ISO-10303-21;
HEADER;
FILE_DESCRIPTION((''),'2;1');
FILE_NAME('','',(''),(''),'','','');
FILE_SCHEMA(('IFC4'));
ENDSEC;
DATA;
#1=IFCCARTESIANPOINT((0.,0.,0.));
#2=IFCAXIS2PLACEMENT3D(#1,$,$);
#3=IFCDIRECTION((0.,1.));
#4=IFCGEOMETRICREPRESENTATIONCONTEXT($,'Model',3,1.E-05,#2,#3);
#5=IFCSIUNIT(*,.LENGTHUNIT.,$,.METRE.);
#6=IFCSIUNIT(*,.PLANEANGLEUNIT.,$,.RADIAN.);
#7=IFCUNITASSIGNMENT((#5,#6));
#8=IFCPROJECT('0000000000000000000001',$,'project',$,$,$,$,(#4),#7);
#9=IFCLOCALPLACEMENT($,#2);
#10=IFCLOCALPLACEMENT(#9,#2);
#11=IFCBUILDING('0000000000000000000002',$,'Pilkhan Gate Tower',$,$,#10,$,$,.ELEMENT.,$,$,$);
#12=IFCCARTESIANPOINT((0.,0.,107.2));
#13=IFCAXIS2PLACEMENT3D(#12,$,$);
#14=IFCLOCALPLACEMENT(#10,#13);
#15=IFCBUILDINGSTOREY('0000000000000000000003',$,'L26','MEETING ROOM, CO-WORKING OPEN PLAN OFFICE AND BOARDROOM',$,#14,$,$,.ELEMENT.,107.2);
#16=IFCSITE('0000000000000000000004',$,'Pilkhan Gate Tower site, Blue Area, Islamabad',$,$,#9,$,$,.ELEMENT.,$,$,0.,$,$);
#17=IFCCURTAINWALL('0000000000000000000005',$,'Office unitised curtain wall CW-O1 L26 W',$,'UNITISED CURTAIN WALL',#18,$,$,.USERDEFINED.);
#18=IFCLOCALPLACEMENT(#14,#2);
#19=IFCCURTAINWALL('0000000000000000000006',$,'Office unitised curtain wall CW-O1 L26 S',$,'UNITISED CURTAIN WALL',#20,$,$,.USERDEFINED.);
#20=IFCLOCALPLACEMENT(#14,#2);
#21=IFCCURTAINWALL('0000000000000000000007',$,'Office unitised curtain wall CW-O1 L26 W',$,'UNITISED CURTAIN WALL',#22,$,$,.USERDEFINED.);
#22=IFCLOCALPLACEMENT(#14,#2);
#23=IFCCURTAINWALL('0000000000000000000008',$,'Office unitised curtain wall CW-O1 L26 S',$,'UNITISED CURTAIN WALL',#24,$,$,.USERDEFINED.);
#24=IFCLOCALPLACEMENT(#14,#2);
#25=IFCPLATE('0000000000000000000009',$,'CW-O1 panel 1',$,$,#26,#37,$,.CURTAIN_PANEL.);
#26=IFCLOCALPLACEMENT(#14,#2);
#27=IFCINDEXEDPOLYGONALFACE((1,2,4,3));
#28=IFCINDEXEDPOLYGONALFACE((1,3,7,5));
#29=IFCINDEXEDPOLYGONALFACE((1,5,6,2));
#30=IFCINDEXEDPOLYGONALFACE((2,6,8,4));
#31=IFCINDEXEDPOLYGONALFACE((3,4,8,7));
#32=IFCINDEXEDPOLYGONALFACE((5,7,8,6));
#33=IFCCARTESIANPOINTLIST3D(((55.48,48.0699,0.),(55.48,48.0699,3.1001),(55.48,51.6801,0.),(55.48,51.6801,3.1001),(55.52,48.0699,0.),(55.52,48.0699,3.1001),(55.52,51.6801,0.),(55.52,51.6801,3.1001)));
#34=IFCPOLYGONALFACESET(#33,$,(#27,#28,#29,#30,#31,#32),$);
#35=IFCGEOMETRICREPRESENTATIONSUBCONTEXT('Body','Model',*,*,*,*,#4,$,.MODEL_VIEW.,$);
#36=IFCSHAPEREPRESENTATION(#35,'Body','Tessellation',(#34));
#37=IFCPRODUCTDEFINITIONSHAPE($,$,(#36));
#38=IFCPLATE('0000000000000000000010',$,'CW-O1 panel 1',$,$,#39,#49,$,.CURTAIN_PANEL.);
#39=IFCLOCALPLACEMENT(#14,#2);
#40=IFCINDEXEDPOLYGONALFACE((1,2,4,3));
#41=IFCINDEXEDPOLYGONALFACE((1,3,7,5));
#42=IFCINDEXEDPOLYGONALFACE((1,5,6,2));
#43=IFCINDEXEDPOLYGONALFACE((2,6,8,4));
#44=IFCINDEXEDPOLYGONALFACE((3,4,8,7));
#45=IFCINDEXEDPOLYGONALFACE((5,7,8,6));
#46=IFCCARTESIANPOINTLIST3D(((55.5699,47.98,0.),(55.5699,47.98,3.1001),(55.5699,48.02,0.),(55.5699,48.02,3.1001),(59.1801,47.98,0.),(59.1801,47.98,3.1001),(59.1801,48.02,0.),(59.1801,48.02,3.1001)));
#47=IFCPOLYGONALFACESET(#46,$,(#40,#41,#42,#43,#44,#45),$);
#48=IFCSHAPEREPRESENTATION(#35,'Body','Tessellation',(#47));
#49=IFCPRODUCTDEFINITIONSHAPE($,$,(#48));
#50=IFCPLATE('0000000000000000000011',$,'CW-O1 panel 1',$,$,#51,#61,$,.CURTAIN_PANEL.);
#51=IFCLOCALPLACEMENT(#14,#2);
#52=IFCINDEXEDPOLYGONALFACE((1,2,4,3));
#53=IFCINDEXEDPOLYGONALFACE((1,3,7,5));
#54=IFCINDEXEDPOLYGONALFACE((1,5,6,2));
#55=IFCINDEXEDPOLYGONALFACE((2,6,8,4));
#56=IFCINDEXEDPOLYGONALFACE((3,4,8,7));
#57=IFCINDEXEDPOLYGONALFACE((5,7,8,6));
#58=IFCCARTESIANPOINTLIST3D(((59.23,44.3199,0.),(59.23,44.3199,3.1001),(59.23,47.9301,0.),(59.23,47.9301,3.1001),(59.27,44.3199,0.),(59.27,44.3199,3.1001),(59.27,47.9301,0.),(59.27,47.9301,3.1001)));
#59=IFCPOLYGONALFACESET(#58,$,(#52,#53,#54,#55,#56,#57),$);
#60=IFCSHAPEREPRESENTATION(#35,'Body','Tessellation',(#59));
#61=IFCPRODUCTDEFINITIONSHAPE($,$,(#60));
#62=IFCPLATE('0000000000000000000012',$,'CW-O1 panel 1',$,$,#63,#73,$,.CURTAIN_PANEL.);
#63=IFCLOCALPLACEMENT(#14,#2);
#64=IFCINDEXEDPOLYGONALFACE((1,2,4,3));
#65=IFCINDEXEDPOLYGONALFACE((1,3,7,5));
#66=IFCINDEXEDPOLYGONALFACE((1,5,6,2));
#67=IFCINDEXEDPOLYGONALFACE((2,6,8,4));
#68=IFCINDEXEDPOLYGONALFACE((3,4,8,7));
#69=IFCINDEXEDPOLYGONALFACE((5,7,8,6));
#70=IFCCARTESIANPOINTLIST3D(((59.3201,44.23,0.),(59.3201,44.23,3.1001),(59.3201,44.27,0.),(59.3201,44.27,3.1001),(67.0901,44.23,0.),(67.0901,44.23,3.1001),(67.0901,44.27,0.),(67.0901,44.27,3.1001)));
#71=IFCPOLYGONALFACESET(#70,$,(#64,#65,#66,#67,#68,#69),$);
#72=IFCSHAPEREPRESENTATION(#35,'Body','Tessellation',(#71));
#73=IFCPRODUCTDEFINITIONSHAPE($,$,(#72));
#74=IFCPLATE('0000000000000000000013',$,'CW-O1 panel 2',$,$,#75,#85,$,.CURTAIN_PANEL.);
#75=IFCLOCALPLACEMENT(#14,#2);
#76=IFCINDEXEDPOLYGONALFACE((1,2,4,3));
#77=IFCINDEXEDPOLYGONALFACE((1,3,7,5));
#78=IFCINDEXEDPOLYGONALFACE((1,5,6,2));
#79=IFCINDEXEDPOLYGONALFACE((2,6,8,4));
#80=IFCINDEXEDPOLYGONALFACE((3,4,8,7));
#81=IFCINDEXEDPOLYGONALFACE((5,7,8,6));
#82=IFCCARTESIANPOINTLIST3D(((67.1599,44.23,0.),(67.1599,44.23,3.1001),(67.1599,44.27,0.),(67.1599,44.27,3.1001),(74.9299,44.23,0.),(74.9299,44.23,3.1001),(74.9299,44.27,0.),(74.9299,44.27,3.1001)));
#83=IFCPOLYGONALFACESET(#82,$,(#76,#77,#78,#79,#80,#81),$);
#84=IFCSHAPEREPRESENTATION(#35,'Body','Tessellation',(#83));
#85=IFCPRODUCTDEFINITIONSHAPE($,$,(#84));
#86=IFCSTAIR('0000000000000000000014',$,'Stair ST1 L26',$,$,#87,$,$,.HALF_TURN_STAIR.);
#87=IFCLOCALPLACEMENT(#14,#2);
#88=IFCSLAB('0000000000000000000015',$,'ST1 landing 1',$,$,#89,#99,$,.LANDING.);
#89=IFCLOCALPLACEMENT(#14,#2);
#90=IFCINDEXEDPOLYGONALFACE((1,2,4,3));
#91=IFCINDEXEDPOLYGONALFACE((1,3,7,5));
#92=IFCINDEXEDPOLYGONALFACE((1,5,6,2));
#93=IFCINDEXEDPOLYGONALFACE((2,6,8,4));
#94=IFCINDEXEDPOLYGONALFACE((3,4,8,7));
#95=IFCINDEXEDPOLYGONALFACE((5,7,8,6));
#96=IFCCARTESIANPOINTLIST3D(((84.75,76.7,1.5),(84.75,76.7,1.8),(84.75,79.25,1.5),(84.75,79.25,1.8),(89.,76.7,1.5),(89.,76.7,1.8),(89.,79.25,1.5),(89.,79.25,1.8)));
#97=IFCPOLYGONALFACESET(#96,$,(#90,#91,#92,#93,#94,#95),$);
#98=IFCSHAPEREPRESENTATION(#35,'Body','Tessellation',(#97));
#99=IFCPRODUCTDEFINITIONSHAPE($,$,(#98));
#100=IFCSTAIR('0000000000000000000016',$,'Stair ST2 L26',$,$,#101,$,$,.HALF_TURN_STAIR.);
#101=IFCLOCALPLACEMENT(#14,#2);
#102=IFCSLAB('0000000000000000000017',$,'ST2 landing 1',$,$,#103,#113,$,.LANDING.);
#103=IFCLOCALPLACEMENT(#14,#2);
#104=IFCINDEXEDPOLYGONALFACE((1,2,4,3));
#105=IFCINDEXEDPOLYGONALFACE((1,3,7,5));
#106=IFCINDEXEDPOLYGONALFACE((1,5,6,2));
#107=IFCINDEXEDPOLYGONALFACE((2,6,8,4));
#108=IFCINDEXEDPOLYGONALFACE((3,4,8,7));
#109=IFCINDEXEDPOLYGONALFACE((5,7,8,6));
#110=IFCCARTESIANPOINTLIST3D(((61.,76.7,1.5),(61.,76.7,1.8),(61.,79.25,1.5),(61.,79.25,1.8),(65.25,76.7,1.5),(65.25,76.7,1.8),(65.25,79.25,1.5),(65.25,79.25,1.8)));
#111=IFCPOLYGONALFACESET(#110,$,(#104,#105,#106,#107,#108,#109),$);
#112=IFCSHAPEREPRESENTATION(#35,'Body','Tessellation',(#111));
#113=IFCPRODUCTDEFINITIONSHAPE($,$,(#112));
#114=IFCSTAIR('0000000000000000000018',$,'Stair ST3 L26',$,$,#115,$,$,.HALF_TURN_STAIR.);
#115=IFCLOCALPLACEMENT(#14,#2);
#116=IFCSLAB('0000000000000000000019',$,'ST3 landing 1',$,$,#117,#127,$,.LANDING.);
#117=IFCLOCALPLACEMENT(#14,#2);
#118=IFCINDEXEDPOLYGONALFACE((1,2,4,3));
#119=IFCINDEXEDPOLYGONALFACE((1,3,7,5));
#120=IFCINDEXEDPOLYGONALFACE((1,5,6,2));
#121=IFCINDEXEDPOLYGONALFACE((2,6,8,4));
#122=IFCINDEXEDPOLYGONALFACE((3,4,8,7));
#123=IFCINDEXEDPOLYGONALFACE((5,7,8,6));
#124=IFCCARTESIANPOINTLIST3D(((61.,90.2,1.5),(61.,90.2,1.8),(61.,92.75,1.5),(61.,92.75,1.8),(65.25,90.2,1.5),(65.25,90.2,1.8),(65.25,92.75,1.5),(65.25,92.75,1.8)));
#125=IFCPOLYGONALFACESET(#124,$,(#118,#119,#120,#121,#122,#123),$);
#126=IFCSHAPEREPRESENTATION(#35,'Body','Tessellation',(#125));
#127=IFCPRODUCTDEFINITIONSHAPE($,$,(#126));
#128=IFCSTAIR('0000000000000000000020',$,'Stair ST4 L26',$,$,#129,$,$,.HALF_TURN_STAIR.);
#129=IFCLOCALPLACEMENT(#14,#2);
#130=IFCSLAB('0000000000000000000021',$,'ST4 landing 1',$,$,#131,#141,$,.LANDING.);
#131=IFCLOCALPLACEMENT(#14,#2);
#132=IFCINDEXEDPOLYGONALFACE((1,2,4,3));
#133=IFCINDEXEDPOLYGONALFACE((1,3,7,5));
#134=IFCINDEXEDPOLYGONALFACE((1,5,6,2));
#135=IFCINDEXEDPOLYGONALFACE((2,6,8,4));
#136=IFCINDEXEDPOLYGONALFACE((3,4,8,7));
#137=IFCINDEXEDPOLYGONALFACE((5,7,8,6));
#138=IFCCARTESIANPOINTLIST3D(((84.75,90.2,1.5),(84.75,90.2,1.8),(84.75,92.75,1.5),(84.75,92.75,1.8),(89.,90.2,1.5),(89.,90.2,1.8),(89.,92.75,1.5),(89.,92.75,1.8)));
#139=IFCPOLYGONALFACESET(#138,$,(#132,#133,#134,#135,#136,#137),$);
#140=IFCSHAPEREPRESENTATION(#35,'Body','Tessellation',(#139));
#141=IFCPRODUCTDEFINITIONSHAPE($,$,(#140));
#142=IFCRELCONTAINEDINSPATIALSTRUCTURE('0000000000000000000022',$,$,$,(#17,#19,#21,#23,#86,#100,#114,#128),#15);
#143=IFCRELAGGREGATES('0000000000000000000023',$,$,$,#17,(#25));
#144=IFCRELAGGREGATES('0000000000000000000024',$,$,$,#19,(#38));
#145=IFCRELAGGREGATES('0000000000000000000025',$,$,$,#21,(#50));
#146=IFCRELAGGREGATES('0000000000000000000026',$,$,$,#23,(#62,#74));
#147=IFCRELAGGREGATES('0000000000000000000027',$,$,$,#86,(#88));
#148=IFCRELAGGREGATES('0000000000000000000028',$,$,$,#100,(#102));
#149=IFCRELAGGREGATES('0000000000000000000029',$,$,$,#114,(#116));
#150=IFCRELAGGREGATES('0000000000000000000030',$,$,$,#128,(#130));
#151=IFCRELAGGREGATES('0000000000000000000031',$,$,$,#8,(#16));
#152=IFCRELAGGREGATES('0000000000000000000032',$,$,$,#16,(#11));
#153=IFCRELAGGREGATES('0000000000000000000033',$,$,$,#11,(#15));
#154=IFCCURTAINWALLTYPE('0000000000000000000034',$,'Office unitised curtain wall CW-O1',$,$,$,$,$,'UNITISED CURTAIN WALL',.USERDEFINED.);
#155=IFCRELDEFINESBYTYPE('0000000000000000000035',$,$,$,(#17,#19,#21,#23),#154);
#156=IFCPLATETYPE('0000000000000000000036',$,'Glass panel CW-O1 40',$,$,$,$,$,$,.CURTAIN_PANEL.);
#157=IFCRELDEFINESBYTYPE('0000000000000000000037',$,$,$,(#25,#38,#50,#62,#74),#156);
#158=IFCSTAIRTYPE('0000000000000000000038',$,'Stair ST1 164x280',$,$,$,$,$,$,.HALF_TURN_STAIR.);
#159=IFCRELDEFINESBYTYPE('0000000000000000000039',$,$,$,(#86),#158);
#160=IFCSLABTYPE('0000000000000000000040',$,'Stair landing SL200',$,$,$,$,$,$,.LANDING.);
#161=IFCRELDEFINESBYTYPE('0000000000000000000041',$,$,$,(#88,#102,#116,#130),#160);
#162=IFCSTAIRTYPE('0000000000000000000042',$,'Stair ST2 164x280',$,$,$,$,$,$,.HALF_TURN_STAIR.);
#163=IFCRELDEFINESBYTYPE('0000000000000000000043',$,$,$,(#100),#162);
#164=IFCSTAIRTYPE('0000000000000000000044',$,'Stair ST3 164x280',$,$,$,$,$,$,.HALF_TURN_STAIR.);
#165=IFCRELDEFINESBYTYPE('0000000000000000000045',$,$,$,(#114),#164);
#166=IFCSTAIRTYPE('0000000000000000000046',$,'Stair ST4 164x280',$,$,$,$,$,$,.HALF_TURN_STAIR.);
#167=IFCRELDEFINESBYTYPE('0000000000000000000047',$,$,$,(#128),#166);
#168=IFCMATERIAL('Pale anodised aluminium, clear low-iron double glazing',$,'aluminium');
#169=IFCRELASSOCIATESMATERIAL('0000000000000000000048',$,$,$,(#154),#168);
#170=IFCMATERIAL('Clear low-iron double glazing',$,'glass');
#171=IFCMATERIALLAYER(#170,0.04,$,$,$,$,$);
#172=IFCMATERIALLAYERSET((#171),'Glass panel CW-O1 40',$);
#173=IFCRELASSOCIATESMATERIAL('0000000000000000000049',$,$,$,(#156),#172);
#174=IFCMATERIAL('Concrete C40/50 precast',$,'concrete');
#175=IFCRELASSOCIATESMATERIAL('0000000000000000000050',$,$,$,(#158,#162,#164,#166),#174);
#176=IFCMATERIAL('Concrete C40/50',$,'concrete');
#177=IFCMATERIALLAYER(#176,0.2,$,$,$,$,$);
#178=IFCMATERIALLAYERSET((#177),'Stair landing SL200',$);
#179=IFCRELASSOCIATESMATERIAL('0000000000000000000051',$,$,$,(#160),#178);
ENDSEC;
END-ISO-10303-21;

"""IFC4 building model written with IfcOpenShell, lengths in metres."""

from ifc_helpers import new_model, si_unit, direction, frame, origin, origin_2d, place, context, subcontext, project, spatial, polyline, rectangle, outline, extrude, material, layer, layer_set, type_object, element, aggregate, save


model = new_model("IFC4")

# Units and contexts
model_context = context("Model", 3, precision=1e-05, world=origin(), true_north=direction((0.0, 1.0)))
body_context = subcontext(model_context, "Body", "Model", "MODEL_VIEW")
ifc_project = project(units=[si_unit("LENGTHUNIT", "METRE"), si_unit("PLANEANGLEUNIT", "RADIAN")], contexts=[model_context])

# Site, building, storey
site_placement = place(None, origin())
site = spatial("IfcSite", under=ifc_project, at=site_placement, Name="Pilkhan Gate Tower site, Blue Area, Islamabad", CompositionType="ELEMENT", RefElevation=0.0)
building_placement = place(site_placement, origin())
building = spatial("IfcBuilding", under=site, at=building_placement, Name="Pilkhan Gate Tower", CompositionType="ELEMENT")
storey_placement = place(building_placement, frame((0.0, 0.0, 107.2)))
storey = spatial("IfcBuildingStorey", under=building, at=storey_placement, Name="L26", Description="MEETING ROOM, CO-WORKING OPEN PLAN OFFICE AND BOARDROOM", CompositionType="ELEMENT", Elevation=107.2)

# Shared definitions
ifc_material_1 = material(Name="Pale anodised aluminium, clear low-iron double glazing", Category="aluminium")
curtain_wall_type = type_object("IfcCurtainWallType", Name="Office unitised curtain wall CW-O1", ElementType="UNITISED CURTAIN WALL", PredefinedType="USERDEFINED", material=ifc_material_1)

# Curtain walls
curtain_wall_1_placement = place(storey_placement, origin())
curtain_wall_1 = element("IfcCurtainWall", 1, at=curtain_wall_1_placement, inside=storey, type_object=curtain_wall_type, Name="Office unitised curtain wall CW-O1 L26 W", ObjectType="UNITISED CURTAIN WALL", PredefinedType="USERDEFINED")
curtain_wall_2_placement = place(storey_placement, origin())
curtain_wall_2 = element("IfcCurtainWall", 2, at=curtain_wall_2_placement, inside=storey, type_object=curtain_wall_type, Name="Office unitised curtain wall CW-O1 L26 S", ObjectType="UNITISED CURTAIN WALL", PredefinedType="USERDEFINED")
curtain_wall_3_placement = place(storey_placement, origin())
curtain_wall_3 = element("IfcCurtainWall", 3, at=curtain_wall_3_placement, inside=storey, type_object=curtain_wall_type, Name="Office unitised curtain wall CW-O1 L26 W", ObjectType="UNITISED CURTAIN WALL", PredefinedType="USERDEFINED")
curtain_wall_4_placement = place(storey_placement, origin())
curtain_wall_4 = element("IfcCurtainWall", 4, at=curtain_wall_4_placement, inside=storey, type_object=curtain_wall_type, Name="Office unitised curtain wall CW-O1 L26 S", ObjectType="UNITISED CURTAIN WALL", PredefinedType="USERDEFINED")

# Shared definitions
ifc_material_2 = material(Name="Concrete C40/50", Category="concrete")

# Plates
ifc_material_3 = material(Name="Clear low-iron double glazing", Category="glass")
ifc_layer_1 = layer(ifc_material_3, 0.04)
ifc_layer_set_1 = layer_set([ifc_layer_1], Name="Glass panel CW-O1 40")
plate_type = type_object("IfcPlateType", Name="Glass panel CW-O1 40", PredefinedType="CURTAIN_PANEL", material=ifc_layer_set_1)
plate_1_placement = place(storey_placement, frame((55.5, 49.875, 0.0), z_axis=(0.0, 0.0, 1.0), x_axis=(0.0, 1.0, 0.0)))
plate_1 = element("IfcPlate", 5, at=plate_1_placement, type_object=plate_type, Name="CW-O1 panel 1", PredefinedType="CURTAIN_PANEL", context=body_context, shape_type="SweptSolid", body=[
    extrude(rectangle(XDim=3.6101, YDim=0.04, at=origin_2d()), origin(), (0.0, 0.0, 1.0), 3.1001),
])
aggregate(curtain_wall_1, [plate_1])
plate_2_placement = place(storey_placement, frame((57.375, 48.0, 0.0), z_axis=(0.0, 0.0, 1.0), x_axis=(1.0, 0.0, 0.0)))
plate_2 = element("IfcPlate", 6, at=plate_2_placement, type_object=plate_type, Name="CW-O1 panel 1", PredefinedType="CURTAIN_PANEL", context=body_context, shape_type="SweptSolid", body=[
    extrude(rectangle(XDim=3.6101, YDim=0.04, at=origin_2d()), origin(), (0.0, 0.0, 1.0), 3.1001),
])
aggregate(curtain_wall_2, [plate_2])
plate_3_placement = place(storey_placement, frame((59.25, 46.125, 0.0), z_axis=(0.0, 0.0, 1.0), x_axis=(0.0, 1.0, 0.0)))
plate_3 = element("IfcPlate", 7, at=plate_3_placement, type_object=plate_type, Name="CW-O1 panel 1", PredefinedType="CURTAIN_PANEL", context=body_context, shape_type="SweptSolid", body=[
    extrude(rectangle(XDim=3.6101, YDim=0.04, at=origin_2d()), origin(), (0.0, 0.0, 1.0), 3.1001),
])
aggregate(curtain_wall_3, [plate_3])
plate_4_placement = place(storey_placement, frame((63.2051, 44.25, 0.0), z_axis=(0.0, 0.0, 1.0), x_axis=(1.0, 0.0, 0.0)))
plate_4 = element("IfcPlate", 8, at=plate_4_placement, type_object=plate_type, Name="CW-O1 panel 1", PredefinedType="CURTAIN_PANEL", context=body_context, shape_type="SweptSolid", body=[
    extrude(rectangle(XDim=7.77, YDim=0.04, at=origin_2d()), origin(), (0.0, 0.0, 1.0), 3.1001),
])
plate_5_placement = place(storey_placement, frame((71.0449, 44.25, 0.0), z_axis=(0.0, 0.0, 1.0), x_axis=(1.0, 0.0, 0.0)))
plate_5 = element("IfcPlate", 9, at=plate_5_placement, type_object=plate_type, Name="CW-O1 panel 2", PredefinedType="CURTAIN_PANEL", context=body_context, shape_type="SweptSolid", body=[
    extrude(rectangle(XDim=7.77, YDim=0.04, at=origin_2d()), origin(), (0.0, 0.0, 1.0), 3.1001),
])
aggregate(curtain_wall_4, [plate_4, plate_5])

# Stairs, slabs
ifc_material_4 = material(Name="Concrete C40/50 precast", Category="concrete")
stair_type_1 = type_object("IfcStairType", Name="Stair ST1 164x280", PredefinedType="HALF_TURN_STAIR", material=ifc_material_4)
stair_1_placement = place(storey_placement, origin())
stair_1 = element("IfcStair", 10, at=stair_1_placement, inside=storey, type_object=stair_type_1, Name="Stair ST1 L26", PredefinedType="HALF_TURN_STAIR")
ifc_layer_2 = layer(ifc_material_2, 0.2)
ifc_layer_set_2 = layer_set([ifc_layer_2], Name="Stair landing SL200")
slab_type_1 = type_object("IfcSlabType", Name="Stair landing SL200", PredefinedType="LANDING", material=ifc_layer_set_2)
slab_1_placement = place(storey_placement, frame((0.0, 0.0, 1.5)))
slab_1 = element("IfcSlab", 11, at=slab_1_placement, type_object=slab_type_1, Name="ST1 landing 1", PredefinedType="LANDING", context=body_context, shape_type="SweptSolid", body=[
    extrude(outline(polyline([(89.0, 76.7), (89.0, 79.25), (84.75, 79.25), (84.75, 76.7), (89.0, 76.7)])), origin(), (0.0, 0.0, 1.0), 0.3),
])
aggregate(stair_1, [slab_1])
stair_type_2 = type_object("IfcStairType", Name="Stair ST2 164x280", PredefinedType="HALF_TURN_STAIR", material=ifc_material_4)
stair_2_placement = place(storey_placement, origin())
stair_2 = element("IfcStair", 12, at=stair_2_placement, inside=storey, type_object=stair_type_2, Name="Stair ST2 L26", PredefinedType="HALF_TURN_STAIR")
slab_2_placement = place(storey_placement, frame((0.0, 0.0, 1.5)))
slab_2 = element("IfcSlab", 13, at=slab_2_placement, type_object=slab_type_1, Name="ST2 landing 1", PredefinedType="LANDING", context=body_context, shape_type="SweptSolid", body=[
    extrude(outline(polyline([(65.25, 76.7), (65.25, 79.25), (61.0, 79.25), (61.0, 76.7), (65.25, 76.7)])), origin(), (0.0, 0.0, 1.0), 0.3),
])
aggregate(stair_2, [slab_2])
stair_type_3 = type_object("IfcStairType", Name="Stair ST3 164x280", PredefinedType="HALF_TURN_STAIR", material=ifc_material_4)
stair_3_placement = place(storey_placement, origin())
stair_3 = element("IfcStair", 14, at=stair_3_placement, inside=storey, type_object=stair_type_3, Name="Stair ST3 L26", PredefinedType="HALF_TURN_STAIR")
slab_3_placement = place(storey_placement, frame((0.0, 0.0, 1.5)))
slab_3 = element("IfcSlab", 15, at=slab_3_placement, type_object=slab_type_1, Name="ST3 landing 1", PredefinedType="LANDING", context=body_context, shape_type="SweptSolid", body=[
    extrude(outline(polyline([(65.25, 90.2), (65.25, 92.75), (61.0, 92.75), (61.0, 90.2), (65.25, 90.2)])), origin(), (0.0, 0.0, 1.0), 0.3),
])
aggregate(stair_3, [slab_3])
stair_type_4 = type_object("IfcStairType", Name="Stair ST4 164x280", PredefinedType="HALF_TURN_STAIR", material=ifc_material_4)
stair_4_placement = place(storey_placement, origin())
stair_4 = element("IfcStair", 16, at=stair_4_placement, inside=storey, type_object=stair_type_4, Name="Stair ST4 L26", PredefinedType="HALF_TURN_STAIR")
slab_4_placement = place(storey_placement, frame((0.0, 0.0, 1.5)))
slab_4 = element("IfcSlab", 17, at=slab_4_placement, type_object=slab_type_1, Name="ST4 landing 1", PredefinedType="LANDING", context=body_context, shape_type="SweptSolid", body=[
    extrude(outline(polyline([(89.0, 90.2), (89.0, 92.75), (84.75, 92.75), (84.75, 90.2), (89.0, 90.2)])), origin(), (0.0, 0.0, 1.0), 0.3),
])
aggregate(stair_4, [slab_4])

save(model, "model.ifc")
